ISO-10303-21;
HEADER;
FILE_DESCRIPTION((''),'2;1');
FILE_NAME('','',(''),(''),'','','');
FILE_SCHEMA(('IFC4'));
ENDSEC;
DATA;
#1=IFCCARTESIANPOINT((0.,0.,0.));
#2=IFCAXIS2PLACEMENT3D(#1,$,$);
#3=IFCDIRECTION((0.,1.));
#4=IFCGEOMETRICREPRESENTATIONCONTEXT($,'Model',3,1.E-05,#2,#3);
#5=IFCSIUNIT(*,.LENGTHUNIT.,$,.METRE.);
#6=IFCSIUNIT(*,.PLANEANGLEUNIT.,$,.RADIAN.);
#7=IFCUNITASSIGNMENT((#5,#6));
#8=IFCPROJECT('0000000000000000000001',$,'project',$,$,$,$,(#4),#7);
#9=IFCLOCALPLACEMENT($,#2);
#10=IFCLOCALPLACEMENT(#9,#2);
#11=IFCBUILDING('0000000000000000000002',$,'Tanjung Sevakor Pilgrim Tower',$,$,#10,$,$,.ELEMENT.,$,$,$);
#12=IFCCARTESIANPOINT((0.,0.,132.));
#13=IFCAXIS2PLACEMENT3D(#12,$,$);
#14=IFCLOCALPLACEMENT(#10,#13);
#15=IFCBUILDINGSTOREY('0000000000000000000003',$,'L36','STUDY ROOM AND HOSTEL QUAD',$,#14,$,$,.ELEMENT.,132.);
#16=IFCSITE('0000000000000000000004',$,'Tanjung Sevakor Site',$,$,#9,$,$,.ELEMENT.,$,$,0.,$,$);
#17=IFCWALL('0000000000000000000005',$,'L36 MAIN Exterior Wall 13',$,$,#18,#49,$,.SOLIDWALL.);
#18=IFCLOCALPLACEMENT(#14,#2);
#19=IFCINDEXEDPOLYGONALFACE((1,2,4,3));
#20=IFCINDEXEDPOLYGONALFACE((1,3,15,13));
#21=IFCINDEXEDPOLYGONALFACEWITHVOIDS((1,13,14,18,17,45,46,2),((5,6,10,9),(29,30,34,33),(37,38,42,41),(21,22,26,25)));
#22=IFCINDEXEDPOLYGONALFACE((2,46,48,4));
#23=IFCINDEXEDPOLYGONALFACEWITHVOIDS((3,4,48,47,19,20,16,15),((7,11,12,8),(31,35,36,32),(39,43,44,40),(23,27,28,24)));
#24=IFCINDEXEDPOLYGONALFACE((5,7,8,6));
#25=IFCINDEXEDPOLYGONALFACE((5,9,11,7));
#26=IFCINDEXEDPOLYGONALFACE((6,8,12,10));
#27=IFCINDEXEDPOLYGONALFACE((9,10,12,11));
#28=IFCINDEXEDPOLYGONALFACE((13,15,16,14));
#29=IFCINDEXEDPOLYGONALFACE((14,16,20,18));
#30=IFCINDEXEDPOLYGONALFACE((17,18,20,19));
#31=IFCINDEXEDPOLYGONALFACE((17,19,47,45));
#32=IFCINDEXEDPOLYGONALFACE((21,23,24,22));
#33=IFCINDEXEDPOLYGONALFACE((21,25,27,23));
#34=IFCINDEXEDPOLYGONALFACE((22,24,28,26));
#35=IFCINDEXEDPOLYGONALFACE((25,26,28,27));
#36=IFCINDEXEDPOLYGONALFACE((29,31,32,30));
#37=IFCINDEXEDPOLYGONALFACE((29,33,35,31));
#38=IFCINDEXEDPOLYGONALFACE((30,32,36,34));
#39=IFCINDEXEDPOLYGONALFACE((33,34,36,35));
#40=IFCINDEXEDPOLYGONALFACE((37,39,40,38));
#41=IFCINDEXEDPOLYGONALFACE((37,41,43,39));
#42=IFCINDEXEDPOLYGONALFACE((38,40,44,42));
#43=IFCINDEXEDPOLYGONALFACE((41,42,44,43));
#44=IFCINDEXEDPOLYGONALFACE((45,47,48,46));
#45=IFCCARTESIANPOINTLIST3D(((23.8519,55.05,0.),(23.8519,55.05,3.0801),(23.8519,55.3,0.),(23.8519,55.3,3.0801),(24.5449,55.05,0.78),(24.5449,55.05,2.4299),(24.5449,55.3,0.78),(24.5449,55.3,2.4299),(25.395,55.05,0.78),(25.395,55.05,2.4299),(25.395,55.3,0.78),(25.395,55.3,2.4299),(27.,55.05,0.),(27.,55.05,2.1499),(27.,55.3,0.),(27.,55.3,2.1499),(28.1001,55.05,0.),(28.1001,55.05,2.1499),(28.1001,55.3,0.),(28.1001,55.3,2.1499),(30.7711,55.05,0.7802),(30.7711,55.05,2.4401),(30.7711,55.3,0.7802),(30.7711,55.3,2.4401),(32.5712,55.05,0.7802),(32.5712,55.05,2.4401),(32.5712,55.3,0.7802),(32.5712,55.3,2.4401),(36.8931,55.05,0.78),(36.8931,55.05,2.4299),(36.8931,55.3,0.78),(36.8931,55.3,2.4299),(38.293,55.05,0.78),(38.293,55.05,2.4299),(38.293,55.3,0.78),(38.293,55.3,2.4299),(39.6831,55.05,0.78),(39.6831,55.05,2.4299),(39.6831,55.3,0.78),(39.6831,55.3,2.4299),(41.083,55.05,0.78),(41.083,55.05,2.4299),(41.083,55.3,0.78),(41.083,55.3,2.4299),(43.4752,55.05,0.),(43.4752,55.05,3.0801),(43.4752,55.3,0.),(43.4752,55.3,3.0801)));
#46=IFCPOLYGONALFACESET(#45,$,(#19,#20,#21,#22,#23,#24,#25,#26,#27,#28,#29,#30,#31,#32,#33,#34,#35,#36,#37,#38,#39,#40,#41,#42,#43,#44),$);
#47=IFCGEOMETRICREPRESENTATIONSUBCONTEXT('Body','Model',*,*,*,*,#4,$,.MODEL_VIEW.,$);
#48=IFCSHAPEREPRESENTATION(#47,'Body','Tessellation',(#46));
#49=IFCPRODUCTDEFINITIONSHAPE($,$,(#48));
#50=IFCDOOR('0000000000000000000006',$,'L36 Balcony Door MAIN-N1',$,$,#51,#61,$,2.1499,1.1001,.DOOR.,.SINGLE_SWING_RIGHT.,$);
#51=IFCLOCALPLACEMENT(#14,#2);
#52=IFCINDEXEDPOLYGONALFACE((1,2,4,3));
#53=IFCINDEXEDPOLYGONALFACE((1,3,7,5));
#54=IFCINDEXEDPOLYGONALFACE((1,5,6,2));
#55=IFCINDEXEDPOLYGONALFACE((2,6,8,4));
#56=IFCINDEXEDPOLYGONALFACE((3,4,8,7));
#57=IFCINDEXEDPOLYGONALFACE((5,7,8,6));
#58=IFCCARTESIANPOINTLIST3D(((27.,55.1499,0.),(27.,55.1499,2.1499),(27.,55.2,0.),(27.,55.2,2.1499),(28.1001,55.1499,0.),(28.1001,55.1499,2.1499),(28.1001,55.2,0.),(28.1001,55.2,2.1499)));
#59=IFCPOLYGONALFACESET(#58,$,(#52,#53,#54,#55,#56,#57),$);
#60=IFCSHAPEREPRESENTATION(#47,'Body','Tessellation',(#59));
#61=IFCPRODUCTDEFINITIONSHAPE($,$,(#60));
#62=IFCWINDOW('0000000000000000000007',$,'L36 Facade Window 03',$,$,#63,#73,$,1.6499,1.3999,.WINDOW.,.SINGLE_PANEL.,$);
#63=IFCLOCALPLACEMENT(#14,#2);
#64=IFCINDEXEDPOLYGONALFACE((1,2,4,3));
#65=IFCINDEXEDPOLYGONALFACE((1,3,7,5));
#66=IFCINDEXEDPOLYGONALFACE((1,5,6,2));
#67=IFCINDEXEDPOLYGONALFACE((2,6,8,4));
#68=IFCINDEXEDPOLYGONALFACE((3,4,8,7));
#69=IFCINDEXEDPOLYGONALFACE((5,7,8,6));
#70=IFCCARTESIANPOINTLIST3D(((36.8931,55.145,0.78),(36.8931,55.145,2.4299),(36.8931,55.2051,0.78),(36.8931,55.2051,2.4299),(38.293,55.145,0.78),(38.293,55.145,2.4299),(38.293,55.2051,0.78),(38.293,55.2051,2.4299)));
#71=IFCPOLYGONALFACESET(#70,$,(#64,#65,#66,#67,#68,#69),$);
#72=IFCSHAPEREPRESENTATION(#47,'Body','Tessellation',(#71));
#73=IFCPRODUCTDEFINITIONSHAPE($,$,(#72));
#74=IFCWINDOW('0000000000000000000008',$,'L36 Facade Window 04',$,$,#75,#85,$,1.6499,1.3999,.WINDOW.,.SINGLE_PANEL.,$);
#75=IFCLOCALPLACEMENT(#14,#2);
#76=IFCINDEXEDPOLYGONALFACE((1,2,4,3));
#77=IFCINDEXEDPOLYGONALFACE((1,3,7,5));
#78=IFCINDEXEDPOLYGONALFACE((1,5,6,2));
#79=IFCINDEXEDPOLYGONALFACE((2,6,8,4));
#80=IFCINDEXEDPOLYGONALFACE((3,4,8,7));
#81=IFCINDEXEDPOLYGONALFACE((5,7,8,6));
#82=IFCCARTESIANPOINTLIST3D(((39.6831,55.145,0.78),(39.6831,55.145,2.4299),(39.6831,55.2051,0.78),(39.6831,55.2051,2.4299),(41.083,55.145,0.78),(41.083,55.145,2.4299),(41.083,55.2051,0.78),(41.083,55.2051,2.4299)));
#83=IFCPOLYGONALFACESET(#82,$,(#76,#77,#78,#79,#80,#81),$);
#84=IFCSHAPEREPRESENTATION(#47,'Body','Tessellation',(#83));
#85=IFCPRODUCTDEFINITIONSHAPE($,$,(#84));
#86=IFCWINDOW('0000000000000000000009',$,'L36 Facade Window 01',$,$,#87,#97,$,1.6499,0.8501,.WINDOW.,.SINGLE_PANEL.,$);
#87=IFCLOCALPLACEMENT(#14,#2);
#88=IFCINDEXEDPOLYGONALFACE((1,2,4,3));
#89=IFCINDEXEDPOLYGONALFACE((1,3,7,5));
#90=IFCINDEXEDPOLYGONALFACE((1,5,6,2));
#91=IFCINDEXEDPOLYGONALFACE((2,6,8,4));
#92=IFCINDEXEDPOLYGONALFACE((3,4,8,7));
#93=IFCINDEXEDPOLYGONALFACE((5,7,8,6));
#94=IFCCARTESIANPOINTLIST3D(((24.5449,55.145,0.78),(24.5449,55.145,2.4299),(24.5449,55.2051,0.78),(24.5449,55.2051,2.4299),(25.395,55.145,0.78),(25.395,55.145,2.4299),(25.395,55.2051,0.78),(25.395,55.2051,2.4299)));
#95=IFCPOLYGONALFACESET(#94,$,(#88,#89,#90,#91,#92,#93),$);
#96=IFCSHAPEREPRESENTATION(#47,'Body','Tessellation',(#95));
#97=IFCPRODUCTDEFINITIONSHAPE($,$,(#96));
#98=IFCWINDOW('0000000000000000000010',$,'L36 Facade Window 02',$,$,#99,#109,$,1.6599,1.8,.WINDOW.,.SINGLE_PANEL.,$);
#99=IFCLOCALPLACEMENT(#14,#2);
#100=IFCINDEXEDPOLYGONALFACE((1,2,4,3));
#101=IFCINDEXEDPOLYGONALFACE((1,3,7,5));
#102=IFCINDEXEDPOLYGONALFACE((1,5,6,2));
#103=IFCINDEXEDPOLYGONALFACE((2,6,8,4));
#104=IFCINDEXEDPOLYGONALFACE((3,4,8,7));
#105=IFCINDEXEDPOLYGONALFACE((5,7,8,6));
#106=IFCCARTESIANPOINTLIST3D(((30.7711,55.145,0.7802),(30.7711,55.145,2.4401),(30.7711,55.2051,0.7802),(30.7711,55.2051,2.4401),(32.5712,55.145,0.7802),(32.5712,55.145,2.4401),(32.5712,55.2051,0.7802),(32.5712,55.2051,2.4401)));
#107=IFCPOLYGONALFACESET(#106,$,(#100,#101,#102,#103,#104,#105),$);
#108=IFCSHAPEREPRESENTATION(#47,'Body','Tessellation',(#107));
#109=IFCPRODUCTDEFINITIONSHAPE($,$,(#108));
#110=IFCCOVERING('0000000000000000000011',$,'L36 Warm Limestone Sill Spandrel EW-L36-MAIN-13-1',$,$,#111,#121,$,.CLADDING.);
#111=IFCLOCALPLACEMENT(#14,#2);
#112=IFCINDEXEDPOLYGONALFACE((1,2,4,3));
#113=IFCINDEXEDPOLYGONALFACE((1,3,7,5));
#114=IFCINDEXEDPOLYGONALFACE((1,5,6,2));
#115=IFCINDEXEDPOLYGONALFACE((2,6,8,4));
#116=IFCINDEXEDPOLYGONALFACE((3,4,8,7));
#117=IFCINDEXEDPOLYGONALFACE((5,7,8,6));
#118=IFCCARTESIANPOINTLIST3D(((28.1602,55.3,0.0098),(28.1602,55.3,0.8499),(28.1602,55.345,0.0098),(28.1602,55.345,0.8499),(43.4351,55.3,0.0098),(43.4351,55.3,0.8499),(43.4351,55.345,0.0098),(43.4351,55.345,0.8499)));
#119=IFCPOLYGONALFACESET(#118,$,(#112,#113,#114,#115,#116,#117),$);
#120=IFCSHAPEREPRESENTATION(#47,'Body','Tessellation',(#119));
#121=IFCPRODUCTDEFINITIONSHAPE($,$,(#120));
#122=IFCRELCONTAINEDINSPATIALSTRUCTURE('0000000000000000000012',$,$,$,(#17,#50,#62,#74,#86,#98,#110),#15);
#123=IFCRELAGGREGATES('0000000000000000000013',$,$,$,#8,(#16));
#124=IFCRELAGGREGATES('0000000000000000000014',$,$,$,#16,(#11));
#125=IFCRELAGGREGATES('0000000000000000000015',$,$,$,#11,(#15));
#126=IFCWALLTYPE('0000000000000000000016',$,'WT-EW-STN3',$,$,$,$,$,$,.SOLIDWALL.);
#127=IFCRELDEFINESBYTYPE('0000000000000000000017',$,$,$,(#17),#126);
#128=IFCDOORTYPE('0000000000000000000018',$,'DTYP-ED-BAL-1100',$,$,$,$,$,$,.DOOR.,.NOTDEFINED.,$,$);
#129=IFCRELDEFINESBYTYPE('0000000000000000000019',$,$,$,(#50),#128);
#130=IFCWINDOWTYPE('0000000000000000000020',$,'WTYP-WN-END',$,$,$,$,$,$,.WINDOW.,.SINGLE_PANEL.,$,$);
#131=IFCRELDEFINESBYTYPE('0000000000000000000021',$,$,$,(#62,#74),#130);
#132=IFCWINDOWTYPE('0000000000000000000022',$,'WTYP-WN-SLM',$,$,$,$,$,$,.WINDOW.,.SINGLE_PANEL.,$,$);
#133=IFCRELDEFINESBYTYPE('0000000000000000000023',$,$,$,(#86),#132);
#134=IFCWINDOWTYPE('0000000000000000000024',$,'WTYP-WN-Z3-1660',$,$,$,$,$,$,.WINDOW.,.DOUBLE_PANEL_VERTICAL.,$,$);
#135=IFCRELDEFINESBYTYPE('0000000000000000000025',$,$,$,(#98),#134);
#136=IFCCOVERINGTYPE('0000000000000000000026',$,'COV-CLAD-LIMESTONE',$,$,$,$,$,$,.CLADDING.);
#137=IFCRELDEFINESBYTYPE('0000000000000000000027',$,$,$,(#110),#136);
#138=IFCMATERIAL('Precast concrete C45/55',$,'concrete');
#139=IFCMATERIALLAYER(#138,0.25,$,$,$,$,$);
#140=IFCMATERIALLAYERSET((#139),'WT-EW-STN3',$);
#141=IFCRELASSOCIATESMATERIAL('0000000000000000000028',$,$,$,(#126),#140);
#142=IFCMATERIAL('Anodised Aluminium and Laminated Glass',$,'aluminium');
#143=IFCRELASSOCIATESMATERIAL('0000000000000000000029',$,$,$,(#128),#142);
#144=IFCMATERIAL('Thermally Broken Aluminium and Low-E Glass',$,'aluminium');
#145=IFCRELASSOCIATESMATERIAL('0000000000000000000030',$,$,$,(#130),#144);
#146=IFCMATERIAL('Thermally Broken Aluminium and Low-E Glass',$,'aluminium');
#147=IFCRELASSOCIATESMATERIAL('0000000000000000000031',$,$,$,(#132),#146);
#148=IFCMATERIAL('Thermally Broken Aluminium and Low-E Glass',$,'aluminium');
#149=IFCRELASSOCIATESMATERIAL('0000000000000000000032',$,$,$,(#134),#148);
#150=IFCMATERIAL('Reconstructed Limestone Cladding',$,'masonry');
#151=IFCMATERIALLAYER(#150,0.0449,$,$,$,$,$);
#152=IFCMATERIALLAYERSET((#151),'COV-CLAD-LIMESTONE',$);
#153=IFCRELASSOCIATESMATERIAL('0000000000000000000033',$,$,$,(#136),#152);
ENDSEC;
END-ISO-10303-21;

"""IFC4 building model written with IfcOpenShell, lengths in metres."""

from ifc_helpers import new_model, si_unit, direction, frame, frame_2d, origin, origin_2d, place, context, subcontext, project, spatial, rectangle, extrude, material, layer, layer_set, type_object, element, fill, save


model = new_model("IFC4")

# Units and contexts
model_context = context("Model", 3, precision=1e-05, world=origin(), true_north=direction((0.0, 1.0)))
body_context = subcontext(model_context, "Body", "Model", "MODEL_VIEW")
ifc_project = project(units=[si_unit("LENGTHUNIT", "METRE"), si_unit("PLANEANGLEUNIT", "RADIAN")], contexts=[model_context])

# Site, building, storey
site_placement = place(None, origin())
site = spatial("IfcSite", under=ifc_project, at=site_placement, Name="Tanjung Sevakor Site", CompositionType="ELEMENT", RefElevation=0.0)
building_placement = place(site_placement, origin())
building = spatial("IfcBuilding", under=site, at=building_placement, Name="Tanjung Sevakor Pilgrim Tower", CompositionType="ELEMENT")
storey_placement = place(building_placement, frame((0.0, 0.0, 132.0)))
storey = spatial("IfcBuildingStorey", under=building, at=storey_placement, Name="L36", Description="STUDY ROOM AND HOSTEL QUAD", CompositionType="ELEMENT", Elevation=132.0)

# Shared definitions
ifc_material_1 = material(Name="Precast concrete C45/55", Category="concrete")
ifc_layer_1 = layer(ifc_material_1, 0.25)
ifc_layer_set_1 = layer_set([ifc_layer_1], Name="WT-EW-STN3")
wall_type_1 = type_object("IfcWallType", Name="WT-EW-STN3", PredefinedType="SOLIDWALL", material=ifc_layer_set_1)

# Wall, openings, door, windows
wall_1_placement = place(storey_placement, frame((43.4751, 55.175, 0.0), z_axis=(0.0, 0.0, 1.0), x_axis=(-1.0, 0.0, 0.0)))
wall_1 = element("IfcWall", 1, at=wall_1_placement, inside=storey, type_object=wall_type_1, Name="L36 MAIN Exterior Wall 13", PredefinedType="SOLIDWALL", context=body_context, shape_type="SweptSolid", body=[
    extrude(rectangle(XDim=19.6233, YDim=0.25, at=frame_2d((9.8115, 0.0))), origin(), (0.0, 0.0, 1.0), 3.0801),
])
opening_1_placement = place(wall_1_placement, frame((15.375, 0.0, 0.0)))
opening_1 = element("IfcOpeningElement", 2, at=opening_1_placement, cuts=wall_1, PredefinedType="OPENING", context=body_context, shape_type="SweptSolid", body=[
    extrude(rectangle(XDim=1.1001, YDim=2.1499, at=frame_2d((0.55, 1.075))), frame((0.0, 0.135, 0.0), z_axis=(0.0, -1.0, 0.0), x_axis=(1.0, 0.0, 0.0)), (0.0, 0.0, 1.0), 0.27),
])
opening_2_placement = place(wall_1_placement, frame((18.0801, 0.0, 0.78)))
opening_2 = element("IfcOpeningElement", 3, at=opening_2_placement, cuts=wall_1, PredefinedType="OPENING", context=body_context, shape_type="SweptSolid", body=[
    extrude(rectangle(XDim=0.8501, YDim=1.6499, at=frame_2d((0.425, 0.825))), frame((0.0, 0.135, 0.0), z_axis=(0.0, -1.0, 0.0), x_axis=(1.0, 0.0, 0.0)), (0.0, 0.0, 1.0), 0.27),
])
opening_3_placement = place(wall_1_placement, frame((10.9041, 0.0, 0.78)))
opening_3 = element("IfcOpeningElement", 4, at=opening_3_placement, cuts=wall_1, PredefinedType="OPENING", context=body_context, shape_type="SweptSolid", body=[
    extrude(rectangle(XDim=1.8, YDim=1.6599, at=frame_2d((0.8999, 0.8301))), frame((0.0, 0.135, 0.0), z_axis=(0.0, -1.0, 0.0), x_axis=(1.0, 0.0, 0.0)), (0.0, 0.0, 1.0), 0.27),
])
opening_4_placement = place(wall_1_placement, frame((5.1821, 0.0, 0.78)))
opening_4 = element("IfcOpeningElement", 5, at=opening_4_placement, cuts=wall_1, PredefinedType="OPENING", context=body_context, shape_type="SweptSolid", body=[
    extrude(rectangle(XDim=1.3999, YDim=1.6499, at=frame_2d((0.7, 0.825))), frame((0.0, 0.135, 0.0), z_axis=(0.0, -1.0, 0.0), x_axis=(1.0, 0.0, 0.0)), (0.0, 0.0, 1.0), 0.27),
])
opening_5_placement = place(wall_1_placement, frame((2.3921, 0.0, 0.78)))
opening_5 = element("IfcOpeningElement", 6, at=opening_5_placement, cuts=wall_1, PredefinedType="OPENING", context=body_context, shape_type="SweptSolid", body=[
    extrude(rectangle(XDim=1.3999, YDim=1.6499, at=frame_2d((0.7, 0.825))), frame((0.0, 0.135, 0.0), z_axis=(0.0, -1.0, 0.0), x_axis=(1.0, 0.0, 0.0)), (0.0, 0.0, 1.0), 0.27),
])
ifc_material_2 = material(Name="Anodised Aluminium and Laminated Glass", Category="aluminium")
door_type_1 = type_object("IfcDoorType", Name="DTYP-ED-BAL-1100", OperationType="NOTDEFINED", PredefinedType="DOOR", material=ifc_material_2)
door_1_placement = place(opening_1_placement, frame((1.1001, 0.0, 0.0), z_axis=(0.0, 0.0, 1.0), x_axis=(-1.0, 0.0, 0.0)))
door_1 = element("IfcDoor", 7, at=door_1_placement, inside=storey, type_object=door_type_1, Name="L36 Balcony Door MAIN-N1", OperationType="SINGLE_SWING_RIGHT", OverallHeight=2.1499, OverallWidth=1.1001, PredefinedType="DOOR", context=body_context, shape_type="SweptSolid", body=[
    extrude(rectangle(XDim=1.1001, YDim=2.1499, at=frame_2d((0.55, 1.075))), frame((0.0, 0.0249, 0.0), z_axis=(0.0, -1.0, 0.0), x_axis=(1.0, 0.0, 0.0)), (0.0, 0.0, 1.0), 0.05),
])
fill(opening_1, door_1)
ifc_material_3 = material(Name="Thermally Broken Aluminium and Low-E Glass", Category="aluminium")
window_type_1 = type_object("IfcWindowType", Name="WTYP-WN-END", PartitioningType="SINGLE_PANEL", PredefinedType="WINDOW", material=ifc_material_3)
window_1_placement = place(opening_4_placement, origin())
window_1 = element("IfcWindow", 8, at=window_1_placement, inside=storey, type_object=window_type_1, Name="L36 Facade Window 03", OverallHeight=1.6499, OverallWidth=1.3999, PartitioningType="SINGLE_PANEL", PredefinedType="WINDOW", context=body_context, shape_type="SweptSolid", body=[
    extrude(rectangle(XDim=1.3999, YDim=1.6499, at=frame_2d((0.7, 0.825))), frame((0.0, 0.03, 0.0), z_axis=(0.0, -1.0, 0.0), x_axis=(1.0, 0.0, 0.0)), (0.0, 0.0, 1.0), 0.0601),
])
fill(opening_4, window_1)
window_2_placement = place(opening_5_placement, origin())
window_2 = element("IfcWindow", 9, at=window_2_placement, inside=storey, type_object=window_type_1, Name="L36 Facade Window 04", OverallHeight=1.6499, OverallWidth=1.3999, PartitioningType="SINGLE_PANEL", PredefinedType="WINDOW", context=body_context, shape_type="SweptSolid", body=[
    extrude(rectangle(XDim=1.3999, YDim=1.6499, at=frame_2d((0.7, 0.825))), frame((0.0, 0.03, 0.0), z_axis=(0.0, -1.0, 0.0), x_axis=(1.0, 0.0, 0.0)), (0.0, 0.0, 1.0), 0.0601),
])
fill(opening_5, window_2)
ifc_material_4 = material(Name="Thermally Broken Aluminium and Low-E Glass", Category="aluminium")
window_type_2 = type_object("IfcWindowType", Name="WTYP-WN-SLM", PartitioningType="SINGLE_PANEL", PredefinedType="WINDOW", material=ifc_material_4)
window_3_placement = place(opening_2_placement, origin())
window_3 = element("IfcWindow", 10, at=window_3_placement, inside=storey, type_object=window_type_2, Name="L36 Facade Window 01", OverallHeight=1.6499, OverallWidth=0.8501, PartitioningType="SINGLE_PANEL", PredefinedType="WINDOW", context=body_context, shape_type="SweptSolid", body=[
    extrude(rectangle(XDim=0.8501, YDim=1.6499, at=frame_2d((0.425, 0.825))), frame((0.0, 0.03, 0.0), z_axis=(0.0, -1.0, 0.0), x_axis=(1.0, 0.0, 0.0)), (0.0, 0.0, 1.0), 0.0601),
])
fill(opening_2, window_3)
ifc_material_5 = material(Name="Thermally Broken Aluminium and Low-E Glass", Category="aluminium")
window_type_3 = type_object("IfcWindowType", Name="WTYP-WN-Z3-1660", PartitioningType="DOUBLE_PANEL_VERTICAL", PredefinedType="WINDOW", material=ifc_material_5)
window_4_placement = place(opening_3_placement, origin())
window_4 = element("IfcWindow", 11, at=window_4_placement, inside=storey, type_object=window_type_3, Name="L36 Facade Window 02", OverallHeight=1.6599, OverallWidth=1.8, PartitioningType="SINGLE_PANEL", PredefinedType="WINDOW", context=body_context, shape_type="SweptSolid", body=[
    extrude(rectangle(XDim=1.8, YDim=1.6599, at=frame_2d((0.8999, 0.8301))), frame((0.0, 0.03, 0.0), z_axis=(0.0, -1.0, 0.0), x_axis=(1.0, 0.0, 0.0)), (0.0, 0.0, 1.0), 0.0601),
])
fill(opening_3, window_4)

# Covering
ifc_material_6 = material(Name="Reconstructed Limestone Cladding", Category="masonry")
ifc_layer_2 = layer(ifc_material_6, 0.0449)
ifc_layer_set_2 = layer_set([ifc_layer_2], Name="COV-CLAD-LIMESTONE")
covering_type = type_object("IfcCoveringType", Name="COV-CLAD-LIMESTONE", PredefinedType="CLADDING", material=ifc_layer_set_2)
covering_placement = place(storey_placement, frame((35.7976, 55.3225, 0.0098), z_axis=(0.0, 0.0, 1.0), x_axis=(-1.0, 0.0, 0.0)))
element("IfcCovering", 12, at=covering_placement, inside=storey, type_object=covering_type, Name="L36 Warm Limestone Sill Spandrel EW-L36-MAIN-13-1", PredefinedType="CLADDING", context=body_context, shape_type="SweptSolid", body=[
    extrude(rectangle(XDim=15.2749, YDim=0.0449, at=origin_2d()), origin(), (0.0, 0.0, 1.0), 0.8401),
])

save(model, "model.ifc")
